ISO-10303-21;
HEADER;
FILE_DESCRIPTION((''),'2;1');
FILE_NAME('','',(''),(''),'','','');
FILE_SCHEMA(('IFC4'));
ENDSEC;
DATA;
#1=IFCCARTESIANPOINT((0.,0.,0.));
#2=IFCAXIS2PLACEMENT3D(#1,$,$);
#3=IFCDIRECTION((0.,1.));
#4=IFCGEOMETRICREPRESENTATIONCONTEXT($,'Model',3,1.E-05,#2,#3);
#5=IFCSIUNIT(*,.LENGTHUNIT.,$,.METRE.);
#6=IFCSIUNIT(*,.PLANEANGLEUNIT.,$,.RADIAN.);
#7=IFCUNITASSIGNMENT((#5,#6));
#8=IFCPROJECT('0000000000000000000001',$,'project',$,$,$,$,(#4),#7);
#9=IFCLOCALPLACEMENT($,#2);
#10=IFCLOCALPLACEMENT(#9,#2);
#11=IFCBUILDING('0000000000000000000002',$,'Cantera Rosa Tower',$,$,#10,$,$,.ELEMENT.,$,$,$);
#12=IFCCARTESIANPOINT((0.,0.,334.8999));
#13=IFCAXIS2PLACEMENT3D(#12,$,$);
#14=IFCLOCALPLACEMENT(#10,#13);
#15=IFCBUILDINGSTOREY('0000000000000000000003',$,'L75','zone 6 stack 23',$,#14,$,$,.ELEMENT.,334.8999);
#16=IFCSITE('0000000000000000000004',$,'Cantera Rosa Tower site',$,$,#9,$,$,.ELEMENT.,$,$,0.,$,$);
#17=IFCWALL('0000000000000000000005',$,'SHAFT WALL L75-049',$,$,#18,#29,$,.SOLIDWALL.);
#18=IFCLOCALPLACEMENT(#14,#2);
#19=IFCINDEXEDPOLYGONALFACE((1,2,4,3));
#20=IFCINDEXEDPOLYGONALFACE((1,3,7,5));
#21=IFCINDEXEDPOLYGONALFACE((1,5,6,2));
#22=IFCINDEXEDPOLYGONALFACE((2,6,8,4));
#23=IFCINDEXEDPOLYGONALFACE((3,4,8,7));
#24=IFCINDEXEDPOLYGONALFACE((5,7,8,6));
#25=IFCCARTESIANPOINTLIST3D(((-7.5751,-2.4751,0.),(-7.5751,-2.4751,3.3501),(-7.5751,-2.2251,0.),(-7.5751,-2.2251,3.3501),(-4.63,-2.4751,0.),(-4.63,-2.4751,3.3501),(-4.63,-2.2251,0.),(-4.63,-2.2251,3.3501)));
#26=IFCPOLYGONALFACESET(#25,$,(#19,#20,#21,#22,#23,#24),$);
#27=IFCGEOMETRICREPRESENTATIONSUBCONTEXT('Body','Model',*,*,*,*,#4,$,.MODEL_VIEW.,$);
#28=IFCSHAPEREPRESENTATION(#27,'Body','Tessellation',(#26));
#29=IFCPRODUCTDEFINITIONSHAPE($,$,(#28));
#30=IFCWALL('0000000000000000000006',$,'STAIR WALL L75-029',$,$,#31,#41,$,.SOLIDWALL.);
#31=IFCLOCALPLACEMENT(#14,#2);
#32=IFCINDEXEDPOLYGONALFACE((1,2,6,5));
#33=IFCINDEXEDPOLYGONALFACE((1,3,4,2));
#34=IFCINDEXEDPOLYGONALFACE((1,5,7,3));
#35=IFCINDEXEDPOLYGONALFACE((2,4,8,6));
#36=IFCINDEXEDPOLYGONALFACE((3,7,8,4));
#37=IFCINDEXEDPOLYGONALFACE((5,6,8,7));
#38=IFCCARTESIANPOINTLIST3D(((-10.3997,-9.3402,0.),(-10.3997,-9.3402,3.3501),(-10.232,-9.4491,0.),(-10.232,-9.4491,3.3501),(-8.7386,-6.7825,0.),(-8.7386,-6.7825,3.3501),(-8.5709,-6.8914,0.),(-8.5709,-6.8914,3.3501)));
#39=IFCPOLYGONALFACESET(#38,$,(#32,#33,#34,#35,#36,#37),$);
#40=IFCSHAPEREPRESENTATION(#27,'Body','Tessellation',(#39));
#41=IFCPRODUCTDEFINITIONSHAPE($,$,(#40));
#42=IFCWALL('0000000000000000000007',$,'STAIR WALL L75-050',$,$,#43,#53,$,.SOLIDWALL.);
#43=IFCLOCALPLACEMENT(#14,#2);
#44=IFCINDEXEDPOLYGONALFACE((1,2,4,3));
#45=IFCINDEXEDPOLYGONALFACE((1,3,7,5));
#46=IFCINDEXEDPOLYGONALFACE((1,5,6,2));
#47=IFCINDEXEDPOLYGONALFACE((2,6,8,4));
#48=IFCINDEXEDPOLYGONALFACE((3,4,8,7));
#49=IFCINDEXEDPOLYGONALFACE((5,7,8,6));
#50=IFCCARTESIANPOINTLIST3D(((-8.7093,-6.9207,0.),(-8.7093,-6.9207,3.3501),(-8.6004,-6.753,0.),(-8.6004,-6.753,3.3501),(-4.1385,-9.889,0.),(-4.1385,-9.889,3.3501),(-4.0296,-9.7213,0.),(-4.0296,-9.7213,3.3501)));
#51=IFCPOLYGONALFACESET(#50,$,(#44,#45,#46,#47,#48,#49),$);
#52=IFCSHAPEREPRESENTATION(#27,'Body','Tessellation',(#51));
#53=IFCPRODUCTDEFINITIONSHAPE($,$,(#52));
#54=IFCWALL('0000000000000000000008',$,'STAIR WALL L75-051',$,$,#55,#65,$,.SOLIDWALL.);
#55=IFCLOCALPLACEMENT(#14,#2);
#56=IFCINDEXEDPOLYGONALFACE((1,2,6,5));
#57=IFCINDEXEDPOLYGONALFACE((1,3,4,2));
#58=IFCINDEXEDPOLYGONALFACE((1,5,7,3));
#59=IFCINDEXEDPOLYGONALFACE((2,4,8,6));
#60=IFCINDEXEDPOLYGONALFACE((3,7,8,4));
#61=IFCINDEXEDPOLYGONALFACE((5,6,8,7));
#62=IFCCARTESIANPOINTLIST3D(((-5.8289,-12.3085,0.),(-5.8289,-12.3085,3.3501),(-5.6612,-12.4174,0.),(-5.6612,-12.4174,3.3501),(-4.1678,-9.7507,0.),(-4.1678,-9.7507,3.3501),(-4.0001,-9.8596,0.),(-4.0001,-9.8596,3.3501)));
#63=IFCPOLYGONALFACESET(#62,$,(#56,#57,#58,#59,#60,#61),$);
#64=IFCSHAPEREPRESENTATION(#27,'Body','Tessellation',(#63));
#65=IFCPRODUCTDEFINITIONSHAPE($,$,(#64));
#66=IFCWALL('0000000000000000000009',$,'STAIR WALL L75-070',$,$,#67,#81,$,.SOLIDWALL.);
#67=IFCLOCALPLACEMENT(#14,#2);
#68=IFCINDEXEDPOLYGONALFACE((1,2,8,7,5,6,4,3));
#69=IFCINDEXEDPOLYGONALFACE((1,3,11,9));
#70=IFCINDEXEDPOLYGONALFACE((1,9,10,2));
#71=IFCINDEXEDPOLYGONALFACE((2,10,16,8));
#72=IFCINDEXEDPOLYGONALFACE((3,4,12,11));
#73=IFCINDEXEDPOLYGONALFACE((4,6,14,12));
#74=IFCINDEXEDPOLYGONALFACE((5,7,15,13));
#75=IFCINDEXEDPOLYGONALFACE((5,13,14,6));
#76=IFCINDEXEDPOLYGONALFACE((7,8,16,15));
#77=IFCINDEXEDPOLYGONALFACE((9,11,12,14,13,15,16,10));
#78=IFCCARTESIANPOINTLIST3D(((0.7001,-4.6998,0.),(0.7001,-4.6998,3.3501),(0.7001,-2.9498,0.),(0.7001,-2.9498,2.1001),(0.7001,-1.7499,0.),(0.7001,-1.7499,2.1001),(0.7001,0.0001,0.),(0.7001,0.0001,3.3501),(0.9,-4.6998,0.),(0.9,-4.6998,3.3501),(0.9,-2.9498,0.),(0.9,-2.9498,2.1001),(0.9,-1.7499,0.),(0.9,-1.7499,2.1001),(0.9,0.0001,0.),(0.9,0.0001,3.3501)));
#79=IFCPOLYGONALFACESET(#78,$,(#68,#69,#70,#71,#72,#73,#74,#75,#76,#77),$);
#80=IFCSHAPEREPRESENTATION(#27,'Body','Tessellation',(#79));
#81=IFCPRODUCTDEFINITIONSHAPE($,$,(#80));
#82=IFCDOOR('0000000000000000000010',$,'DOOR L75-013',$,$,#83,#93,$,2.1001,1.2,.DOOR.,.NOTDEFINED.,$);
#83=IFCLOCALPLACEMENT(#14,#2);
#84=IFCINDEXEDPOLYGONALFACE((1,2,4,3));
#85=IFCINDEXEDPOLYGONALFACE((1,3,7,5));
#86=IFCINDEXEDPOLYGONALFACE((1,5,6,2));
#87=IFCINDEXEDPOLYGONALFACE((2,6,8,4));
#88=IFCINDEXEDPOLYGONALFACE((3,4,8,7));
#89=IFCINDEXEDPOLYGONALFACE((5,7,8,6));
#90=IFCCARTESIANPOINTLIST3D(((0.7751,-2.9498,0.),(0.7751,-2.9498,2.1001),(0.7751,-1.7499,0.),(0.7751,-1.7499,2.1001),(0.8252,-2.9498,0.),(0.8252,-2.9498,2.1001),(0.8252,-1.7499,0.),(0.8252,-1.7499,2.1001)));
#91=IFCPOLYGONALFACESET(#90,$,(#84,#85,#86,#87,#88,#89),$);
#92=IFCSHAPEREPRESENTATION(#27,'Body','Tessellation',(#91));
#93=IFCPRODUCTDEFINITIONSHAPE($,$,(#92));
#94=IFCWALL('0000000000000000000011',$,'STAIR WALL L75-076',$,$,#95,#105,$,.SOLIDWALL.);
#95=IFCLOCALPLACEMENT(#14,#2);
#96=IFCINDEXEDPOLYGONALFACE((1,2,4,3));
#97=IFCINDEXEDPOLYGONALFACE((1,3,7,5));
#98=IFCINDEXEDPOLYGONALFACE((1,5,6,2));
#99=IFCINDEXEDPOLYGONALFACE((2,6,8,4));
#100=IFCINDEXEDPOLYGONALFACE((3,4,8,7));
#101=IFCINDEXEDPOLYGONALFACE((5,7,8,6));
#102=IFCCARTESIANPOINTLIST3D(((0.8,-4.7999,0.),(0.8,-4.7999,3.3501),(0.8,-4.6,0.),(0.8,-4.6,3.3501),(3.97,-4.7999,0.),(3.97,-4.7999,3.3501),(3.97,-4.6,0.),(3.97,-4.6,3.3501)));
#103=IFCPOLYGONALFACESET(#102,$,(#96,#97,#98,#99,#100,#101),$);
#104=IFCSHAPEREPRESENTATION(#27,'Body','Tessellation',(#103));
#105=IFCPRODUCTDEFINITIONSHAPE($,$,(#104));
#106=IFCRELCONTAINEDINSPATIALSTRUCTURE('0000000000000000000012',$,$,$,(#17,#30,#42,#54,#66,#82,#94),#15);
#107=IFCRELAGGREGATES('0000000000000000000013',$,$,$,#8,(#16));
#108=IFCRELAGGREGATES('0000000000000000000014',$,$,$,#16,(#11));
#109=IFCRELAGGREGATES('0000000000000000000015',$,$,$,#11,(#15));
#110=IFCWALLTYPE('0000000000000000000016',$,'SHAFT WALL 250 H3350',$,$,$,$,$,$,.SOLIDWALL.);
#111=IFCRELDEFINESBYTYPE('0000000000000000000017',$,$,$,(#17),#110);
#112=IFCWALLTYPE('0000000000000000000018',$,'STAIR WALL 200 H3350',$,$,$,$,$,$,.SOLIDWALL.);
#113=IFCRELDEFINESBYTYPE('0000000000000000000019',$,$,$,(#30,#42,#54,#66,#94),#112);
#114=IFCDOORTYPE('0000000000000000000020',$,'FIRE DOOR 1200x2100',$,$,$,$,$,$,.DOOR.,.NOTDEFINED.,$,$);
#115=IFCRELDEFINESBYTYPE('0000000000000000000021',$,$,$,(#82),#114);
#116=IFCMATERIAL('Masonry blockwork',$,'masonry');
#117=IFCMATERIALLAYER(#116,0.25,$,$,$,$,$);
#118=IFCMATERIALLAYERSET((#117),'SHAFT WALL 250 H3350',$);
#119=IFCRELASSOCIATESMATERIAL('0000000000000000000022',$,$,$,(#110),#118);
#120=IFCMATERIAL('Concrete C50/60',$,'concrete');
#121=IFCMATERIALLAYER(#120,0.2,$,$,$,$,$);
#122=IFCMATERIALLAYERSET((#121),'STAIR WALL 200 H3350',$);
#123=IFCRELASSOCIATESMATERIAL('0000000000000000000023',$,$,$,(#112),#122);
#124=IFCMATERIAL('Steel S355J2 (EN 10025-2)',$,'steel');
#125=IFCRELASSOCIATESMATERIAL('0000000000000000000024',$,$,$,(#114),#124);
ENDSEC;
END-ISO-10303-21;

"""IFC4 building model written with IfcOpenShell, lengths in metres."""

from ifc_helpers import new_model, si_unit, direction, frame, frame_2d, origin, place, context, subcontext, project, spatial, rectangle, extrude, material, layer, layer_set, type_object, element, fill, save


model = new_model("IFC4")

# Units and contexts
model_context = context("Model", 3, precision=1e-05, world=origin(), true_north=direction((0.0, 1.0)))
body_context = subcontext(model_context, "Body", "Model", "MODEL_VIEW")
ifc_project = project(units=[si_unit("LENGTHUNIT", "METRE"), si_unit("PLANEANGLEUNIT", "RADIAN")], contexts=[model_context])

# Site, building, storey
site_placement = place(None, origin())
site = spatial("IfcSite", under=ifc_project, at=site_placement, Name="Cantera Rosa Tower site", CompositionType="ELEMENT", RefElevation=0.0)
building_placement = place(site_placement, origin())
building = spatial("IfcBuilding", under=site, at=building_placement, Name="Cantera Rosa Tower", CompositionType="ELEMENT")
storey_placement = place(building_placement, frame((0.0, 0.0, 334.8999)))
storey = spatial("IfcBuildingStorey", under=building, at=storey_placement, Name="L75", Description="zone 6 stack 23", CompositionType="ELEMENT", Elevation=334.8999)

# Walls
ifc_material_1 = material(Name="Masonry blockwork", Category="masonry")
ifc_layer_1 = layer(ifc_material_1, 0.25)
ifc_layer_set_1 = layer_set([ifc_layer_1], Name="SHAFT WALL 250 H3350")
wall_type_1 = type_object("IfcWallType", Name="SHAFT WALL 250 H3350", PredefinedType="SOLIDWALL", material=ifc_layer_set_1)
wall_1_placement = place(storey_placement, frame((-4.6299, -2.3501, 0.0), z_axis=(0.0, 0.0, 1.0), x_axis=(-1.0, 0.0, 0.0)))
element("IfcWall", 1, at=wall_1_placement, inside=storey, type_object=wall_type_1, Name="SHAFT WALL L75-049", PredefinedType="SOLIDWALL", context=body_context, shape_type="SweptSolid", body=[
    extrude(rectangle(XDim=2.9451, YDim=0.25, at=frame_2d((1.4727, 0.0))), origin(), (0.0, 0.0, 1.0), 3.3501),
])
ifc_material_2 = material(Name="Concrete C50/60", Category="concrete")
ifc_layer_2 = layer(ifc_material_2, 0.2)
ifc_layer_set_2 = layer_set([ifc_layer_2], Name="STAIR WALL 200 H3350")
wall_type_2 = type_object("IfcWallType", Name="STAIR WALL 200 H3350", PredefinedType="SOLIDWALL", material=ifc_layer_set_2)
wall_2_placement = place(storey_placement, frame((-8.6548, -6.8369, 0.0), z_axis=(0.0, 0.0, 1.0), x_axis=(-0.544648, -0.838665, 0.0)))
element("IfcWall", 2, at=wall_2_placement, inside=storey, type_object=wall_type_2, Name="STAIR WALL L75-029", PredefinedType="SOLIDWALL", context=body_context, shape_type="SweptSolid", body=[
    extrude(rectangle(XDim=3.0498, YDim=0.2, at=frame_2d((1.5249, 0.0))), origin(), (0.0, 0.0, 1.0), 3.3501),
])
wall_3_placement = place(storey_placement, frame((-4.084, -9.8052, 0.0), z_axis=(0.0, 0.0, 1.0), x_axis=(-0.838675, 0.544632, 0.0)))
element("IfcWall", 3, at=wall_3_placement, inside=storey, type_object=wall_type_2, Name="STAIR WALL L75-050", PredefinedType="SOLIDWALL", context=body_context, shape_type="SweptSolid", body=[
    extrude(rectangle(XDim=5.45, YDim=0.2, at=frame_2d((2.7251, 0.0))), origin(), (0.0, 0.0, 1.0), 3.3501),
])
wall_4_placement = place(storey_placement, frame((-4.084, -9.8052, 0.0), z_axis=(0.0, 0.0, 1.0), x_axis=(-0.544648, -0.838665, 0.0)))
element("IfcWall", 4, at=wall_4_placement, inside=storey, type_object=wall_type_2, Name="STAIR WALL L75-051", PredefinedType="SOLIDWALL", context=body_context, shape_type="SweptSolid", body=[
    extrude(rectangle(XDim=3.0498, YDim=0.2, at=frame_2d((1.5249, 0.0))), origin(), (0.0, 0.0, 1.0), 3.3501),
])

# Wall, opening, door
wall_5_placement = place(storey_placement, frame((0.8, -4.7, 0.0), z_axis=(0.0, 0.0, 1.0), x_axis=(0.0, 1.0, 0.0)))
wall_5 = element("IfcWall", 5, at=wall_5_placement, inside=storey, type_object=wall_type_2, Name="STAIR WALL L75-070", PredefinedType="SOLIDWALL", context=body_context, shape_type="SweptSolid", body=[
    extrude(rectangle(XDim=4.7, YDim=0.2, at=frame_2d((2.3501, 0.0))), origin(), (0.0, 0.0, 1.0), 3.3501),
])
opening_1_placement = place(wall_5_placement, frame((1.75, 0.0, 0.0)))
opening_1 = element("IfcOpeningElement", 6, at=opening_1_placement, cuts=wall_5, PredefinedType="OPENING", context=body_context, shape_type="SweptSolid", body=[
    extrude(rectangle(XDim=1.2, YDim=2.1001, at=frame_2d((0.6001, 1.05))), frame((0.0, 0.1099, 0.0), z_axis=(0.0, -1.0, 0.0), x_axis=(1.0, 0.0, 0.0)), (0.0, 0.0, 1.0), 0.22),
])
ifc_material_3 = material(Name="Steel S355J2 (EN 10025-2)", Category="steel")
door_type_1 = type_object("IfcDoorType", Name="FIRE DOOR 1200x2100", OperationType="NOTDEFINED", PredefinedType="DOOR", material=ifc_material_3)
door_1_placement = place(opening_1_placement, origin())
door_1 = element("IfcDoor", 7, at=door_1_placement, inside=storey, type_object=door_type_1, Name="DOOR L75-013", OperationType="NOTDEFINED", OverallHeight=2.1001, OverallWidth=1.2, PredefinedType="DOOR", context=body_context, shape_type="SweptSolid", body=[
    extrude(rectangle(XDim=1.2, YDim=2.1001, at=frame_2d((0.6001, 1.05))), frame((0.0, 0.0249, 0.0), z_axis=(0.0, -1.0, 0.0), x_axis=(1.0, 0.0, 0.0)), (0.0, 0.0, 1.0), 0.05),
])
fill(opening_1, door_1)

# Wall
wall_6_placement = place(storey_placement, frame((3.97, -4.7, 0.0), z_axis=(0.0, 0.0, 1.0), x_axis=(-1.0, 0.0, 0.0)))
element("IfcWall", 8, at=wall_6_placement, inside=storey, type_object=wall_type_2, Name="STAIR WALL L75-076", PredefinedType="SOLIDWALL", context=body_context, shape_type="SweptSolid", body=[
    extrude(rectangle(XDim=3.1699, YDim=0.2, at=frame_2d((1.585, 0.0))), origin(), (0.0, 0.0, 1.0), 3.3501),
])

save(model, "model.ifc")
